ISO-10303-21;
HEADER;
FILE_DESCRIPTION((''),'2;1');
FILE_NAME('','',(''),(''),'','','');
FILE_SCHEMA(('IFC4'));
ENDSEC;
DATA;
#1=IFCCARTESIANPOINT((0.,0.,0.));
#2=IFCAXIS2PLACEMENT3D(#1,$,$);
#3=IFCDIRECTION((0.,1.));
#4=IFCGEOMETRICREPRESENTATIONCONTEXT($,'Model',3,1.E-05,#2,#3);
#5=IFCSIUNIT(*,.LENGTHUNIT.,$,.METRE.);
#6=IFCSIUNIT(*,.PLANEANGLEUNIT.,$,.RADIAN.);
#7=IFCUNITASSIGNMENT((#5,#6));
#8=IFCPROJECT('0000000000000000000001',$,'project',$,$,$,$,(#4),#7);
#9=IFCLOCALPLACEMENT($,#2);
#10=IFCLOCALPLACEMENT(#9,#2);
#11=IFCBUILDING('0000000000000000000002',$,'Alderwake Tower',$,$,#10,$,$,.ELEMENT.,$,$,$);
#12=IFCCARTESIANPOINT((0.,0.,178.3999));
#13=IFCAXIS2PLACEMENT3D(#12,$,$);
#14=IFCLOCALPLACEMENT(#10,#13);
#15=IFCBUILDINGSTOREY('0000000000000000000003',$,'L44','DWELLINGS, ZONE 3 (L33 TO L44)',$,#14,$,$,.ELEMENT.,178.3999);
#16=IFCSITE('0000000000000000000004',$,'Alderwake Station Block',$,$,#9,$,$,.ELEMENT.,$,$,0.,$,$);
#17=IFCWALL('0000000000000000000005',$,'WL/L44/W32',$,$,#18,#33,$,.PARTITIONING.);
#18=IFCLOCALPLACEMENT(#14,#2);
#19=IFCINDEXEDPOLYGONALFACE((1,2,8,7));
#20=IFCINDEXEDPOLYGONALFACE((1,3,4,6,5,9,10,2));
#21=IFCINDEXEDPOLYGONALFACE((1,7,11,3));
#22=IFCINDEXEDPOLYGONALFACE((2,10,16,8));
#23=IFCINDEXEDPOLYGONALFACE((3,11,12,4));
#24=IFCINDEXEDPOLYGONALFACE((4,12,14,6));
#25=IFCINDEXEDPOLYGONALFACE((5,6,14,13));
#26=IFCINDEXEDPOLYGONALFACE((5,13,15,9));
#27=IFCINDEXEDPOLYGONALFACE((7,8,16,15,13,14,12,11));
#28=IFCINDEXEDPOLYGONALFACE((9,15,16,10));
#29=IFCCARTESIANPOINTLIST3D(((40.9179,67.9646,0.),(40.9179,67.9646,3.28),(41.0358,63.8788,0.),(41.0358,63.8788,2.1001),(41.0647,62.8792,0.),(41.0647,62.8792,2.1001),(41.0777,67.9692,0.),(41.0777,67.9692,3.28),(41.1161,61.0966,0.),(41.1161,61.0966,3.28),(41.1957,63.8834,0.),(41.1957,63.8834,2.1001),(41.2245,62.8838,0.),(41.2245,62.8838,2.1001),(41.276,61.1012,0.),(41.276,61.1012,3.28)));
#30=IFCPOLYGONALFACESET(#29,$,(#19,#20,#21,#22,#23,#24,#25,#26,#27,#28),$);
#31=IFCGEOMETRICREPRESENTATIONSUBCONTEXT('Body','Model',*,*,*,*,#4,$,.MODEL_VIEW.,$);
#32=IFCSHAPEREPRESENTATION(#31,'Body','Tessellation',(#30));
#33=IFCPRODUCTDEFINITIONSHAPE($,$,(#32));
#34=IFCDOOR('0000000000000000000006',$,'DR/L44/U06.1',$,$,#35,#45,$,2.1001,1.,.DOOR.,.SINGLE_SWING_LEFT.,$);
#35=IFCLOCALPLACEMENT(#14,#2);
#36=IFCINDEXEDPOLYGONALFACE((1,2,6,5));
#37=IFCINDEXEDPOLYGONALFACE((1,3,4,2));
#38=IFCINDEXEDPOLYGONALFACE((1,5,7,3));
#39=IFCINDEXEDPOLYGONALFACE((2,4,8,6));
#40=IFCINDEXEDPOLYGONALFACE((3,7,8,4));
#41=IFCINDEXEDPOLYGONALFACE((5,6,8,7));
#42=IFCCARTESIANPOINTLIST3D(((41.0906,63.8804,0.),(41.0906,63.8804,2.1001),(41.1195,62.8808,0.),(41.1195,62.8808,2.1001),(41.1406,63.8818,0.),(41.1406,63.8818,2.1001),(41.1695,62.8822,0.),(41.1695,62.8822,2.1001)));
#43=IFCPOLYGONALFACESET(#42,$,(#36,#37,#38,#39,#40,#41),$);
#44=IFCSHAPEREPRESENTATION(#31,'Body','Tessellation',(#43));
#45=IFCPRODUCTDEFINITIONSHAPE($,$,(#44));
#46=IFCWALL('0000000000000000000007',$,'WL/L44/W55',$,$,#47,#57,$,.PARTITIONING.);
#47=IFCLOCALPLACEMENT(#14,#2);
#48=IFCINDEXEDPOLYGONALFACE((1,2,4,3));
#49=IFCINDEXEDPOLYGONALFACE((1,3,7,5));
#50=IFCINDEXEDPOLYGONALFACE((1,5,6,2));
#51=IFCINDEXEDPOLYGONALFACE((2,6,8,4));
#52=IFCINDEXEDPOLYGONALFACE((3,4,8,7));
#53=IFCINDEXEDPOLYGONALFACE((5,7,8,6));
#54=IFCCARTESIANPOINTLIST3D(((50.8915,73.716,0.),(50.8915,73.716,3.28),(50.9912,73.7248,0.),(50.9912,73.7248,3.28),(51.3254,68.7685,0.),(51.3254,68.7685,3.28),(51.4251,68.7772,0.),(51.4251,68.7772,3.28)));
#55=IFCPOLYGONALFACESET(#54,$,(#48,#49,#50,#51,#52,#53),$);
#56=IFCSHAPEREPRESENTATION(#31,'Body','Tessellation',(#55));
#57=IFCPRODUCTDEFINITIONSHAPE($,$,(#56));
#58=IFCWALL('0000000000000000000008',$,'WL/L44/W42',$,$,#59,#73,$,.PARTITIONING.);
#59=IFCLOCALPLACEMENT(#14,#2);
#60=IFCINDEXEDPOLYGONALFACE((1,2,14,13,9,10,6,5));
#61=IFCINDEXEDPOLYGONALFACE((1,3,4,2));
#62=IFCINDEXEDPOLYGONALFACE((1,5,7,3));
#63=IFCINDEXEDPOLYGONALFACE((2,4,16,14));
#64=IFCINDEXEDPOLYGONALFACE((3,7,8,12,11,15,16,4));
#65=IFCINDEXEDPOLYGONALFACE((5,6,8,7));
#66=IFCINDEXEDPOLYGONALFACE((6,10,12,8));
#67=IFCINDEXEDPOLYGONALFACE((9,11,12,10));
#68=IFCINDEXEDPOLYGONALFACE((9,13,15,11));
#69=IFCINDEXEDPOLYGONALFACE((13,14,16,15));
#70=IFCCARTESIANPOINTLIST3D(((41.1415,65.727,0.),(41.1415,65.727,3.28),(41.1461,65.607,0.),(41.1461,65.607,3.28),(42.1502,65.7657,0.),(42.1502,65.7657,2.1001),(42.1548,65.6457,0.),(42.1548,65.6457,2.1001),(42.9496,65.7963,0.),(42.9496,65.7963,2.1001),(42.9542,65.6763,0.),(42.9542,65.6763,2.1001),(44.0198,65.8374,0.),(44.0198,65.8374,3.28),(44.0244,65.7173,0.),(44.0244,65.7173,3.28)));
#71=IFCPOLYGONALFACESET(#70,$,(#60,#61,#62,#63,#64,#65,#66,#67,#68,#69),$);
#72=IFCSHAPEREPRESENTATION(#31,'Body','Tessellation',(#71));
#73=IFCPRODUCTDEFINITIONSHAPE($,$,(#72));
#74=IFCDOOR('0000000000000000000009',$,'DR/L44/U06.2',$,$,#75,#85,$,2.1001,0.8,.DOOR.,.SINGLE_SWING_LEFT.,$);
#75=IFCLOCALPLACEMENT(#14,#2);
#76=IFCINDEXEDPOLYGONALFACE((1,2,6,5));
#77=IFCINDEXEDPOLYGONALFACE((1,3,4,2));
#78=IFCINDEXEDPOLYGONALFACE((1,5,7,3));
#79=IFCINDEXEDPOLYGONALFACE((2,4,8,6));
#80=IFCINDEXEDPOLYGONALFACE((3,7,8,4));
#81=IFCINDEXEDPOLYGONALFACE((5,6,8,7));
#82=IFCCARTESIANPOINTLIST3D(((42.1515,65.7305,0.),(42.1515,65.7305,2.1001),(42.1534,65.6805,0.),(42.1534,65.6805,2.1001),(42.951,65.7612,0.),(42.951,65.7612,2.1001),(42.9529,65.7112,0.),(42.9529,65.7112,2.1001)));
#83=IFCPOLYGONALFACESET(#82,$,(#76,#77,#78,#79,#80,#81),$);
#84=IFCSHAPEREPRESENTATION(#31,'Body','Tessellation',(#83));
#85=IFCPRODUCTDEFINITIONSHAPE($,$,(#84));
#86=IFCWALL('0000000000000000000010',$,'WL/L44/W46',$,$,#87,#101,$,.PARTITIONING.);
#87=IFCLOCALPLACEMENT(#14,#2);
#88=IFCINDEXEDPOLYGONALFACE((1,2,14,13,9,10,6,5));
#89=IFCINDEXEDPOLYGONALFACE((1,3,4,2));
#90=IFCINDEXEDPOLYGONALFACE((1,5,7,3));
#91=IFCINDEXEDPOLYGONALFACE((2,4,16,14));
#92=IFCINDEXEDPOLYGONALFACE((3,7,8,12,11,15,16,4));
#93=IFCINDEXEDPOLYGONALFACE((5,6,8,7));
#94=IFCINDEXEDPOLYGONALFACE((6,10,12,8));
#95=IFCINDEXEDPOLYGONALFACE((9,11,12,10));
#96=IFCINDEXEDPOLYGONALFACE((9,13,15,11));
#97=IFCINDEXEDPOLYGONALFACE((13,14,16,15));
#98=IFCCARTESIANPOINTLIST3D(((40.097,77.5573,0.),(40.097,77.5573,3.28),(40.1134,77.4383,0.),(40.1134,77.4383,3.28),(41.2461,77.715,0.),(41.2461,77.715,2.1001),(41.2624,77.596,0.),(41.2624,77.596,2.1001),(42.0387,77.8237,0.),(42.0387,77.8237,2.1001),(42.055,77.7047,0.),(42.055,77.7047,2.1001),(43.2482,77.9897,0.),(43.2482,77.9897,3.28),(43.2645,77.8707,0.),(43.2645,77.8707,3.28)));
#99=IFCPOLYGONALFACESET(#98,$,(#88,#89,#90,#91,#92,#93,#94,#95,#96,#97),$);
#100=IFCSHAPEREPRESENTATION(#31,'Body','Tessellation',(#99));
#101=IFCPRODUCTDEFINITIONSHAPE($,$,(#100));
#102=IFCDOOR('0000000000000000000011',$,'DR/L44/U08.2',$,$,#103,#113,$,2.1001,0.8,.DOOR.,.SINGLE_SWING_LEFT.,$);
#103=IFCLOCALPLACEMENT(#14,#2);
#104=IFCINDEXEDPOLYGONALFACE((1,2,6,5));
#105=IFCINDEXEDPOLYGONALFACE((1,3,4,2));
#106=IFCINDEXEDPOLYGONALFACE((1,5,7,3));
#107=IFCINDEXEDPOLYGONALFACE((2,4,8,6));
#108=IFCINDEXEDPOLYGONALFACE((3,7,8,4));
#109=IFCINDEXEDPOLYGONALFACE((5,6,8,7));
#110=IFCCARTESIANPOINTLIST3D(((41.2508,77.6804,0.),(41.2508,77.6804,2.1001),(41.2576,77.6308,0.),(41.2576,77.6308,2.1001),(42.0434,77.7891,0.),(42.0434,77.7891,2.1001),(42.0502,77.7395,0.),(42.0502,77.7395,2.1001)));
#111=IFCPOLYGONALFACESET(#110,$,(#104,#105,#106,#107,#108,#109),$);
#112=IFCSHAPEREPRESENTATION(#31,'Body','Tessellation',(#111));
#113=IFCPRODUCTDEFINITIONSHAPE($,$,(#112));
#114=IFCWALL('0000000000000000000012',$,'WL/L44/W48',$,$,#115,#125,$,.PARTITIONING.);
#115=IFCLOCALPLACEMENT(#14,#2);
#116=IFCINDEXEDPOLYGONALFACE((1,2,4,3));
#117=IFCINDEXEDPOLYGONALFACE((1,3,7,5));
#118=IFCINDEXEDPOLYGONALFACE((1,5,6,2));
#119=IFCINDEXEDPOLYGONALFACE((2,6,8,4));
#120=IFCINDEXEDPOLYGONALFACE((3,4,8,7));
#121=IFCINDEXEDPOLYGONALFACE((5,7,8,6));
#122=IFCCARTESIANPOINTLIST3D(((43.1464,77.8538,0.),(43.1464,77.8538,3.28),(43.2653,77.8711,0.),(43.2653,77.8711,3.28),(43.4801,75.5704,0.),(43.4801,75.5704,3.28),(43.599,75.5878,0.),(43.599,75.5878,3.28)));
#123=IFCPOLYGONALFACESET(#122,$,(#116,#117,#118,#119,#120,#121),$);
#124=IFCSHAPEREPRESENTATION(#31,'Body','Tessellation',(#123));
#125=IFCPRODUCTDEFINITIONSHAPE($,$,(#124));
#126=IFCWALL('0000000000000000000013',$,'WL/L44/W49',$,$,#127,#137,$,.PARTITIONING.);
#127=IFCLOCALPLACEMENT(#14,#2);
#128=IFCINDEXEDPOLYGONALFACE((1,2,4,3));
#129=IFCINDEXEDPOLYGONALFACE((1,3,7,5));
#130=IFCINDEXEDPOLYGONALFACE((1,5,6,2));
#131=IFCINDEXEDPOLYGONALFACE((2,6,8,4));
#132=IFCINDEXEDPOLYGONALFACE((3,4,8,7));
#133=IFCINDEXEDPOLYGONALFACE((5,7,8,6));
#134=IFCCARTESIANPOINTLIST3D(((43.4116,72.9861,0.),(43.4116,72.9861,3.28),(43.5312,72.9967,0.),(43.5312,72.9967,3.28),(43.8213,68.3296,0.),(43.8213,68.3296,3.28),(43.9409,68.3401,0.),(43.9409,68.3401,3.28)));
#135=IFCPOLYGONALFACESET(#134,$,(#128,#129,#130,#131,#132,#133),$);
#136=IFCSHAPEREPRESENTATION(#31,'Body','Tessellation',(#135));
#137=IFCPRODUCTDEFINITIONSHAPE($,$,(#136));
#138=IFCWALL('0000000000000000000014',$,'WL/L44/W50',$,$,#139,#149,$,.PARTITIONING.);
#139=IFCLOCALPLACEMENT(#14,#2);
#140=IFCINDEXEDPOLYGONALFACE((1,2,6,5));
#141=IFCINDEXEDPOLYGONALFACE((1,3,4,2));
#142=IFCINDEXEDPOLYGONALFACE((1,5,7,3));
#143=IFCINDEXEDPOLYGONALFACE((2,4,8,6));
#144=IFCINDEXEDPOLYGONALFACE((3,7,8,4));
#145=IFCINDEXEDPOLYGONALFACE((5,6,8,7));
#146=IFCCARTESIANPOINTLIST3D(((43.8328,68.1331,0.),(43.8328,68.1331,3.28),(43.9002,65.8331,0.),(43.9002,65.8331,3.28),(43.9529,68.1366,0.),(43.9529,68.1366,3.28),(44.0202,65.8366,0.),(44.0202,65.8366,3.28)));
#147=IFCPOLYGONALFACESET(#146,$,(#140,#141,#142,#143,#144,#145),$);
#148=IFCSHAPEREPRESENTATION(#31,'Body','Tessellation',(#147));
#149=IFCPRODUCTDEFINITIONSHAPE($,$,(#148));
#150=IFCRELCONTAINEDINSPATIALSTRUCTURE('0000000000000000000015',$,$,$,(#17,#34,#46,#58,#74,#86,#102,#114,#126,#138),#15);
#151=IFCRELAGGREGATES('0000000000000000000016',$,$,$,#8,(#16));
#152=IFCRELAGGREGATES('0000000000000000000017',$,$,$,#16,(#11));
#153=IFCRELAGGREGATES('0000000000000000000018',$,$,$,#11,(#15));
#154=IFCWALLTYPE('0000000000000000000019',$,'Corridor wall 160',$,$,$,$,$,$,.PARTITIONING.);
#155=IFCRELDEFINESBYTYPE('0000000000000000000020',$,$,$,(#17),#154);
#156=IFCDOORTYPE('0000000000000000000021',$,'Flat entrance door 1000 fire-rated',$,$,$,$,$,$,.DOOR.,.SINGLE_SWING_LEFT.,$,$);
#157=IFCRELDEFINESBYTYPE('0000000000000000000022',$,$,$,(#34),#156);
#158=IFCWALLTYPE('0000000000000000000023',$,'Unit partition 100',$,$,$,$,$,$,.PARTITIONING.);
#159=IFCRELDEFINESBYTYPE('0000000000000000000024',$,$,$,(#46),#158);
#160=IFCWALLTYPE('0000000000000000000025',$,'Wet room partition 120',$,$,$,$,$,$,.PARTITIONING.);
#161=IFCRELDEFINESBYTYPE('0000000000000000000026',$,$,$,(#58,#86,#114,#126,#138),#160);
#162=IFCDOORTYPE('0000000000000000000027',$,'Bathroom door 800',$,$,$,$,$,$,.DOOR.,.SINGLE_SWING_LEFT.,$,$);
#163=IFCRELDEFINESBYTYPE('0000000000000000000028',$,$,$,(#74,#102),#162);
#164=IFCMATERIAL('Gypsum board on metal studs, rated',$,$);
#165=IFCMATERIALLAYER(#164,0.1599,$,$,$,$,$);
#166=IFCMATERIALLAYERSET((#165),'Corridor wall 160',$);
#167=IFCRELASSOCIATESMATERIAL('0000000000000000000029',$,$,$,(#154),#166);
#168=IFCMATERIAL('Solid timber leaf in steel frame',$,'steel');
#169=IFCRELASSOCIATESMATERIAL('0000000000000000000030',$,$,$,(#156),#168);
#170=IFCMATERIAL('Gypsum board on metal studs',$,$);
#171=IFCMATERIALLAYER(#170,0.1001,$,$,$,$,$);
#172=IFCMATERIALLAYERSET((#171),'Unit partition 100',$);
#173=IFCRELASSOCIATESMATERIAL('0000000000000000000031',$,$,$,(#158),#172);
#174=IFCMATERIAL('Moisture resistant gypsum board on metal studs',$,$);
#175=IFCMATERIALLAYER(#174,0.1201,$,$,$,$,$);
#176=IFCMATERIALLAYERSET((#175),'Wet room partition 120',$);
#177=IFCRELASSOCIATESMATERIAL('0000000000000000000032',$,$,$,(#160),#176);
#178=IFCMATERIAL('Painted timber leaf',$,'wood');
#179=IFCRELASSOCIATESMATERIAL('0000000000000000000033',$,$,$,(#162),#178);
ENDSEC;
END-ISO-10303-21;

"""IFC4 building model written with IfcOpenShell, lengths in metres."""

from ifc_helpers import new_model, si_unit, direction, frame, frame_2d, origin, place, context, subcontext, project, spatial, rectangle, extrude, material, layer, layer_set, type_object, element, fill, save


model = new_model("IFC4")

# Units and contexts
model_context = context("Model", 3, precision=1e-05, world=origin(), true_north=direction((0.0, 1.0)))
body_context = subcontext(model_context, "Body", "Model", "MODEL_VIEW")
ifc_project = project(units=[si_unit("LENGTHUNIT", "METRE"), si_unit("PLANEANGLEUNIT", "RADIAN")], contexts=[model_context])

# Site, building, storey
site_placement = place(None, origin())
site = spatial("IfcSite", under=ifc_project, at=site_placement, Name="Alderwake Station Block", CompositionType="ELEMENT", RefElevation=0.0)
building_placement = place(site_placement, origin())
building = spatial("IfcBuilding", under=site, at=building_placement, Name="Alderwake Tower", CompositionType="ELEMENT")
storey_placement = place(building_placement, frame((0.0, 0.0, 178.3999)))
storey = spatial("IfcBuildingStorey", under=building, at=storey_placement, Name="L44", Description="DWELLINGS, ZONE 3 (L33 TO L44)", CompositionType="ELEMENT", Elevation=178.3999)

# Wall, opening, door
ifc_material_1 = material(Name="Gypsum board on metal studs, rated")
ifc_layer_1 = layer(ifc_material_1, 0.1599)
ifc_layer_set_1 = layer_set([ifc_layer_1], Name="Corridor wall 160")
wall_type_1 = type_object("IfcWallType", Name="Corridor wall 160", PredefinedType="PARTITIONING", material=ifc_layer_set_1)
ifc_material_2 = material(Name="Solid timber leaf in steel frame", Category="steel")
door_type_1 = type_object("IfcDoorType", Name="Flat entrance door 1000 fire-rated", OperationType="SINGLE_SWING_LEFT", PredefinedType="DOOR", material=ifc_material_2)
wall_1_placement = place(storey_placement, frame((40.9978, 67.967, 0.0), z_axis=(0.0, 0.0, 1.0), x_axis=(0.028853, -0.999584, 0.0)))
wall_1 = element("IfcWall", 1, at=wall_1_placement, inside=storey, type_object=wall_type_1, Name="WL/L44/W32", PredefinedType="PARTITIONING", context=body_context, shape_type="SweptSolid", body=[
    extrude(rectangle(XDim=6.8708, YDim=0.1599, at=frame_2d((3.4355, 0.0))), origin(), (0.0, 0.0, 1.0), 3.28),
])
opening_1_placement = place(wall_1_placement, frame((4.0876, 0.0, 0.0)))
opening_1 = element("IfcOpeningElement", 2, at=opening_1_placement, cuts=wall_1, PredefinedType="OPENING", context=body_context, shape_type="SweptSolid", body=[
    extrude(rectangle(XDim=1.0, YDim=2.1001, at=frame_2d((0.5, 1.05))), frame((0.0, 0.0898, 0.0), z_axis=(0.0, -1.0, 0.0), x_axis=(1.0, 0.0, 0.0)), (0.0, 0.0, 1.0), 0.1799),
])
door_1_placement = place(opening_1_placement, origin())
door_1 = element("IfcDoor", 3, at=door_1_placement, inside=storey, type_object=door_type_1, Name="DR/L44/U06.1", OperationType="SINGLE_SWING_LEFT", OverallHeight=2.1001, OverallWidth=1.0, PredefinedType="DOOR", context=body_context, shape_type="SweptSolid", body=[
    extrude(rectangle(XDim=1.0, YDim=2.1001, at=frame_2d((0.5, 1.05))), frame((0.0, 0.0249, 0.0), z_axis=(0.0, -1.0, 0.0), x_axis=(1.0, 0.0, 0.0)), (0.0, 0.0, 1.0), 0.05),
])
fill(opening_1, door_1)

# Wall
ifc_material_3 = material(Name="Gypsum board on metal studs")
ifc_layer_2 = layer(ifc_material_3, 0.1001)
ifc_layer_set_2 = layer_set([ifc_layer_2], Name="Unit partition 100")
wall_type_2 = type_object("IfcWallType", Name="Unit partition 100", PredefinedType="PARTITIONING", material=ifc_layer_set_2)
wall_2_placement = place(storey_placement, frame((51.3752, 68.7727, 0.0), z_axis=(0.0, 0.0, 1.0), x_axis=(-0.087353, 0.996177, 0.0)))
element("IfcWall", 4, at=wall_2_placement, inside=storey, type_object=wall_type_2, Name="WL/L44/W55", PredefinedType="PARTITIONING", context=body_context, shape_type="SweptSolid", body=[
    extrude(rectangle(XDim=4.9666, YDim=0.1001, at=frame_2d((2.4834, 0.0))), origin(), (0.0, 0.0, 1.0), 3.28),
])

# Walls, openings, doors
ifc_material_4 = material(Name="Moisture resistant gypsum board on metal studs")
ifc_layer_3 = layer(ifc_material_4, 0.1201)
ifc_layer_set_3 = layer_set([ifc_layer_3], Name="Wet room partition 120")
wall_type_3 = type_object("IfcWallType", Name="Wet room partition 120", PredefinedType="PARTITIONING", material=ifc_layer_set_3)
wall_3_placement = place(storey_placement, frame((41.1438, 65.667, 0.0), z_axis=(0.0, 0.0, 1.0), x_axis=(0.999266, 0.038313, 0.0)))
wall_3 = element("IfcWall", 5, at=wall_3_placement, inside=storey, type_object=wall_type_3, Name="WL/L44/W42", PredefinedType="PARTITIONING", context=body_context, shape_type="SweptSolid", body=[
    extrude(rectangle(XDim=2.8804, YDim=0.1201, at=frame_2d((1.4402, 0.0))), origin(), (0.0, 0.0, 1.0), 3.28),
])
opening_2_placement = place(wall_3_placement, frame((1.0095, 0.0, 0.0)))
opening_2 = element("IfcOpeningElement", 6, at=opening_2_placement, cuts=wall_3, PredefinedType="OPENING", context=body_context, shape_type="SweptSolid", body=[
    extrude(rectangle(XDim=0.8, YDim=2.1001, at=frame_2d((0.3999, 1.05))), frame((0.0, 0.0701, 0.0), z_axis=(0.0, -1.0, 0.0), x_axis=(1.0, 0.0, 0.0)), (0.0, 0.0, 1.0), 0.1401),
])
ifc_material_5 = material(Name="Painted timber leaf", Category="wood")
door_type_2 = type_object("IfcDoorType", Name="Bathroom door 800", OperationType="SINGLE_SWING_LEFT", PredefinedType="DOOR", material=ifc_material_5)
door_2_placement = place(opening_2_placement, origin())
door_2 = element("IfcDoor", 7, at=door_2_placement, inside=storey, type_object=door_type_2, Name="DR/L44/U06.2", OperationType="SINGLE_SWING_LEFT", OverallHeight=2.1001, OverallWidth=0.8, PredefinedType="DOOR", context=body_context, shape_type="SweptSolid", body=[
    extrude(rectangle(XDim=0.8, YDim=2.1001, at=frame_2d((0.3999, 1.05))), frame((0.0, 0.0249, 0.0), z_axis=(0.0, -1.0, 0.0), x_axis=(1.0, 0.0, 0.0)), (0.0, 0.0, 1.0), 0.05),
])
fill(opening_2, door_2)
wall_4_placement = place(storey_placement, frame((43.2563, 77.9302, 0.0), z_axis=(0.0, 0.0, 1.0), x_axis=(-0.990717, -0.135939, 0.0)))
wall_4 = element("IfcWall", 8, at=wall_4_placement, inside=storey, type_object=wall_type_3, Name="WL/L44/W46", PredefinedType="PARTITIONING", context=body_context, shape_type="SweptSolid", body=[
    extrude(rectangle(XDim=3.1807, YDim=0.1201, at=frame_2d((1.5903, 0.0))), origin(), (0.0, 0.0, 1.0), 3.28),
])
opening_3_placement = place(wall_4_placement, frame((1.2209, 0.0, 0.0)))
opening_3 = element("IfcOpeningElement", 9, at=opening_3_placement, cuts=wall_4, PredefinedType="OPENING", context=body_context, shape_type="SweptSolid", body=[
    extrude(rectangle(XDim=0.8, YDim=2.1001, at=frame_2d((0.3999, 1.05))), frame((0.0, 0.0701, 0.0), z_axis=(0.0, -1.0, 0.0), x_axis=(1.0, 0.0, 0.0)), (0.0, 0.0, 1.0), 0.1401),
])
door_3_placement = place(opening_3_placement, origin())
door_3 = element("IfcDoor", 10, at=door_3_placement, inside=storey, type_object=door_type_2, Name="DR/L44/U08.2", OperationType="SINGLE_SWING_LEFT", OverallHeight=2.1001, OverallWidth=0.8, PredefinedType="DOOR", context=body_context, shape_type="SweptSolid", body=[
    extrude(rectangle(XDim=0.8, YDim=2.1001, at=frame_2d((0.3999, 1.05))), frame((0.0, 0.0249, 0.0), z_axis=(0.0, -1.0, 0.0), x_axis=(1.0, 0.0, 0.0)), (0.0, 0.0, 1.0), 0.05),
])
fill(opening_3, door_3)

# Walls
wall_5_placement = place(storey_placement, frame((43.5396, 75.5791, 0.0), z_axis=(0.0, 0.0, 1.0), x_axis=(-0.14462, 0.989487, 0.0)))
element("IfcWall", 11, at=wall_5_placement, inside=storey, type_object=wall_type_3, Name="WL/L44/W48", PredefinedType="PARTITIONING", context=body_context, shape_type="SweptSolid", body=[
    extrude(rectangle(XDim=2.3076, YDim=0.1201, at=frame_2d((1.1538, 0.0))), origin(), (0.0, 0.0, 1.0), 3.28),
])
wall_6_placement = place(storey_placement, frame((43.8811, 68.3347, 0.0), z_axis=(0.0, 0.0, 1.0), x_axis=(-0.087639, 0.996152, 0.0)))
element("IfcWall", 12, at=wall_6_placement, inside=storey, type_object=wall_type_3, Name="WL/L44/W49", PredefinedType="PARTITIONING", context=body_context, shape_type="SweptSolid", body=[
    extrude(rectangle(XDim=4.6746, YDim=0.1201, at=frame_2d((2.3374, 0.0))), origin(), (0.0, 0.0, 1.0), 3.28),
])
wall_7_placement = place(storey_placement, frame((43.9602, 65.835, 0.0), z_axis=(0.0, 0.0, 1.0), x_axis=(-0.029284, 0.999571, 0.0)))
element("IfcWall", 13, at=wall_7_placement, inside=storey, type_object=wall_type_3, Name="WL/L44/W50", PredefinedType="PARTITIONING", context=body_context, shape_type="SweptSolid", body=[
    extrude(rectangle(XDim=2.301, YDim=0.1201, at=frame_2d((1.1504, 0.0))), origin(), (0.0, 0.0, 1.0), 3.28),
])

save(model, "model.ifc")
